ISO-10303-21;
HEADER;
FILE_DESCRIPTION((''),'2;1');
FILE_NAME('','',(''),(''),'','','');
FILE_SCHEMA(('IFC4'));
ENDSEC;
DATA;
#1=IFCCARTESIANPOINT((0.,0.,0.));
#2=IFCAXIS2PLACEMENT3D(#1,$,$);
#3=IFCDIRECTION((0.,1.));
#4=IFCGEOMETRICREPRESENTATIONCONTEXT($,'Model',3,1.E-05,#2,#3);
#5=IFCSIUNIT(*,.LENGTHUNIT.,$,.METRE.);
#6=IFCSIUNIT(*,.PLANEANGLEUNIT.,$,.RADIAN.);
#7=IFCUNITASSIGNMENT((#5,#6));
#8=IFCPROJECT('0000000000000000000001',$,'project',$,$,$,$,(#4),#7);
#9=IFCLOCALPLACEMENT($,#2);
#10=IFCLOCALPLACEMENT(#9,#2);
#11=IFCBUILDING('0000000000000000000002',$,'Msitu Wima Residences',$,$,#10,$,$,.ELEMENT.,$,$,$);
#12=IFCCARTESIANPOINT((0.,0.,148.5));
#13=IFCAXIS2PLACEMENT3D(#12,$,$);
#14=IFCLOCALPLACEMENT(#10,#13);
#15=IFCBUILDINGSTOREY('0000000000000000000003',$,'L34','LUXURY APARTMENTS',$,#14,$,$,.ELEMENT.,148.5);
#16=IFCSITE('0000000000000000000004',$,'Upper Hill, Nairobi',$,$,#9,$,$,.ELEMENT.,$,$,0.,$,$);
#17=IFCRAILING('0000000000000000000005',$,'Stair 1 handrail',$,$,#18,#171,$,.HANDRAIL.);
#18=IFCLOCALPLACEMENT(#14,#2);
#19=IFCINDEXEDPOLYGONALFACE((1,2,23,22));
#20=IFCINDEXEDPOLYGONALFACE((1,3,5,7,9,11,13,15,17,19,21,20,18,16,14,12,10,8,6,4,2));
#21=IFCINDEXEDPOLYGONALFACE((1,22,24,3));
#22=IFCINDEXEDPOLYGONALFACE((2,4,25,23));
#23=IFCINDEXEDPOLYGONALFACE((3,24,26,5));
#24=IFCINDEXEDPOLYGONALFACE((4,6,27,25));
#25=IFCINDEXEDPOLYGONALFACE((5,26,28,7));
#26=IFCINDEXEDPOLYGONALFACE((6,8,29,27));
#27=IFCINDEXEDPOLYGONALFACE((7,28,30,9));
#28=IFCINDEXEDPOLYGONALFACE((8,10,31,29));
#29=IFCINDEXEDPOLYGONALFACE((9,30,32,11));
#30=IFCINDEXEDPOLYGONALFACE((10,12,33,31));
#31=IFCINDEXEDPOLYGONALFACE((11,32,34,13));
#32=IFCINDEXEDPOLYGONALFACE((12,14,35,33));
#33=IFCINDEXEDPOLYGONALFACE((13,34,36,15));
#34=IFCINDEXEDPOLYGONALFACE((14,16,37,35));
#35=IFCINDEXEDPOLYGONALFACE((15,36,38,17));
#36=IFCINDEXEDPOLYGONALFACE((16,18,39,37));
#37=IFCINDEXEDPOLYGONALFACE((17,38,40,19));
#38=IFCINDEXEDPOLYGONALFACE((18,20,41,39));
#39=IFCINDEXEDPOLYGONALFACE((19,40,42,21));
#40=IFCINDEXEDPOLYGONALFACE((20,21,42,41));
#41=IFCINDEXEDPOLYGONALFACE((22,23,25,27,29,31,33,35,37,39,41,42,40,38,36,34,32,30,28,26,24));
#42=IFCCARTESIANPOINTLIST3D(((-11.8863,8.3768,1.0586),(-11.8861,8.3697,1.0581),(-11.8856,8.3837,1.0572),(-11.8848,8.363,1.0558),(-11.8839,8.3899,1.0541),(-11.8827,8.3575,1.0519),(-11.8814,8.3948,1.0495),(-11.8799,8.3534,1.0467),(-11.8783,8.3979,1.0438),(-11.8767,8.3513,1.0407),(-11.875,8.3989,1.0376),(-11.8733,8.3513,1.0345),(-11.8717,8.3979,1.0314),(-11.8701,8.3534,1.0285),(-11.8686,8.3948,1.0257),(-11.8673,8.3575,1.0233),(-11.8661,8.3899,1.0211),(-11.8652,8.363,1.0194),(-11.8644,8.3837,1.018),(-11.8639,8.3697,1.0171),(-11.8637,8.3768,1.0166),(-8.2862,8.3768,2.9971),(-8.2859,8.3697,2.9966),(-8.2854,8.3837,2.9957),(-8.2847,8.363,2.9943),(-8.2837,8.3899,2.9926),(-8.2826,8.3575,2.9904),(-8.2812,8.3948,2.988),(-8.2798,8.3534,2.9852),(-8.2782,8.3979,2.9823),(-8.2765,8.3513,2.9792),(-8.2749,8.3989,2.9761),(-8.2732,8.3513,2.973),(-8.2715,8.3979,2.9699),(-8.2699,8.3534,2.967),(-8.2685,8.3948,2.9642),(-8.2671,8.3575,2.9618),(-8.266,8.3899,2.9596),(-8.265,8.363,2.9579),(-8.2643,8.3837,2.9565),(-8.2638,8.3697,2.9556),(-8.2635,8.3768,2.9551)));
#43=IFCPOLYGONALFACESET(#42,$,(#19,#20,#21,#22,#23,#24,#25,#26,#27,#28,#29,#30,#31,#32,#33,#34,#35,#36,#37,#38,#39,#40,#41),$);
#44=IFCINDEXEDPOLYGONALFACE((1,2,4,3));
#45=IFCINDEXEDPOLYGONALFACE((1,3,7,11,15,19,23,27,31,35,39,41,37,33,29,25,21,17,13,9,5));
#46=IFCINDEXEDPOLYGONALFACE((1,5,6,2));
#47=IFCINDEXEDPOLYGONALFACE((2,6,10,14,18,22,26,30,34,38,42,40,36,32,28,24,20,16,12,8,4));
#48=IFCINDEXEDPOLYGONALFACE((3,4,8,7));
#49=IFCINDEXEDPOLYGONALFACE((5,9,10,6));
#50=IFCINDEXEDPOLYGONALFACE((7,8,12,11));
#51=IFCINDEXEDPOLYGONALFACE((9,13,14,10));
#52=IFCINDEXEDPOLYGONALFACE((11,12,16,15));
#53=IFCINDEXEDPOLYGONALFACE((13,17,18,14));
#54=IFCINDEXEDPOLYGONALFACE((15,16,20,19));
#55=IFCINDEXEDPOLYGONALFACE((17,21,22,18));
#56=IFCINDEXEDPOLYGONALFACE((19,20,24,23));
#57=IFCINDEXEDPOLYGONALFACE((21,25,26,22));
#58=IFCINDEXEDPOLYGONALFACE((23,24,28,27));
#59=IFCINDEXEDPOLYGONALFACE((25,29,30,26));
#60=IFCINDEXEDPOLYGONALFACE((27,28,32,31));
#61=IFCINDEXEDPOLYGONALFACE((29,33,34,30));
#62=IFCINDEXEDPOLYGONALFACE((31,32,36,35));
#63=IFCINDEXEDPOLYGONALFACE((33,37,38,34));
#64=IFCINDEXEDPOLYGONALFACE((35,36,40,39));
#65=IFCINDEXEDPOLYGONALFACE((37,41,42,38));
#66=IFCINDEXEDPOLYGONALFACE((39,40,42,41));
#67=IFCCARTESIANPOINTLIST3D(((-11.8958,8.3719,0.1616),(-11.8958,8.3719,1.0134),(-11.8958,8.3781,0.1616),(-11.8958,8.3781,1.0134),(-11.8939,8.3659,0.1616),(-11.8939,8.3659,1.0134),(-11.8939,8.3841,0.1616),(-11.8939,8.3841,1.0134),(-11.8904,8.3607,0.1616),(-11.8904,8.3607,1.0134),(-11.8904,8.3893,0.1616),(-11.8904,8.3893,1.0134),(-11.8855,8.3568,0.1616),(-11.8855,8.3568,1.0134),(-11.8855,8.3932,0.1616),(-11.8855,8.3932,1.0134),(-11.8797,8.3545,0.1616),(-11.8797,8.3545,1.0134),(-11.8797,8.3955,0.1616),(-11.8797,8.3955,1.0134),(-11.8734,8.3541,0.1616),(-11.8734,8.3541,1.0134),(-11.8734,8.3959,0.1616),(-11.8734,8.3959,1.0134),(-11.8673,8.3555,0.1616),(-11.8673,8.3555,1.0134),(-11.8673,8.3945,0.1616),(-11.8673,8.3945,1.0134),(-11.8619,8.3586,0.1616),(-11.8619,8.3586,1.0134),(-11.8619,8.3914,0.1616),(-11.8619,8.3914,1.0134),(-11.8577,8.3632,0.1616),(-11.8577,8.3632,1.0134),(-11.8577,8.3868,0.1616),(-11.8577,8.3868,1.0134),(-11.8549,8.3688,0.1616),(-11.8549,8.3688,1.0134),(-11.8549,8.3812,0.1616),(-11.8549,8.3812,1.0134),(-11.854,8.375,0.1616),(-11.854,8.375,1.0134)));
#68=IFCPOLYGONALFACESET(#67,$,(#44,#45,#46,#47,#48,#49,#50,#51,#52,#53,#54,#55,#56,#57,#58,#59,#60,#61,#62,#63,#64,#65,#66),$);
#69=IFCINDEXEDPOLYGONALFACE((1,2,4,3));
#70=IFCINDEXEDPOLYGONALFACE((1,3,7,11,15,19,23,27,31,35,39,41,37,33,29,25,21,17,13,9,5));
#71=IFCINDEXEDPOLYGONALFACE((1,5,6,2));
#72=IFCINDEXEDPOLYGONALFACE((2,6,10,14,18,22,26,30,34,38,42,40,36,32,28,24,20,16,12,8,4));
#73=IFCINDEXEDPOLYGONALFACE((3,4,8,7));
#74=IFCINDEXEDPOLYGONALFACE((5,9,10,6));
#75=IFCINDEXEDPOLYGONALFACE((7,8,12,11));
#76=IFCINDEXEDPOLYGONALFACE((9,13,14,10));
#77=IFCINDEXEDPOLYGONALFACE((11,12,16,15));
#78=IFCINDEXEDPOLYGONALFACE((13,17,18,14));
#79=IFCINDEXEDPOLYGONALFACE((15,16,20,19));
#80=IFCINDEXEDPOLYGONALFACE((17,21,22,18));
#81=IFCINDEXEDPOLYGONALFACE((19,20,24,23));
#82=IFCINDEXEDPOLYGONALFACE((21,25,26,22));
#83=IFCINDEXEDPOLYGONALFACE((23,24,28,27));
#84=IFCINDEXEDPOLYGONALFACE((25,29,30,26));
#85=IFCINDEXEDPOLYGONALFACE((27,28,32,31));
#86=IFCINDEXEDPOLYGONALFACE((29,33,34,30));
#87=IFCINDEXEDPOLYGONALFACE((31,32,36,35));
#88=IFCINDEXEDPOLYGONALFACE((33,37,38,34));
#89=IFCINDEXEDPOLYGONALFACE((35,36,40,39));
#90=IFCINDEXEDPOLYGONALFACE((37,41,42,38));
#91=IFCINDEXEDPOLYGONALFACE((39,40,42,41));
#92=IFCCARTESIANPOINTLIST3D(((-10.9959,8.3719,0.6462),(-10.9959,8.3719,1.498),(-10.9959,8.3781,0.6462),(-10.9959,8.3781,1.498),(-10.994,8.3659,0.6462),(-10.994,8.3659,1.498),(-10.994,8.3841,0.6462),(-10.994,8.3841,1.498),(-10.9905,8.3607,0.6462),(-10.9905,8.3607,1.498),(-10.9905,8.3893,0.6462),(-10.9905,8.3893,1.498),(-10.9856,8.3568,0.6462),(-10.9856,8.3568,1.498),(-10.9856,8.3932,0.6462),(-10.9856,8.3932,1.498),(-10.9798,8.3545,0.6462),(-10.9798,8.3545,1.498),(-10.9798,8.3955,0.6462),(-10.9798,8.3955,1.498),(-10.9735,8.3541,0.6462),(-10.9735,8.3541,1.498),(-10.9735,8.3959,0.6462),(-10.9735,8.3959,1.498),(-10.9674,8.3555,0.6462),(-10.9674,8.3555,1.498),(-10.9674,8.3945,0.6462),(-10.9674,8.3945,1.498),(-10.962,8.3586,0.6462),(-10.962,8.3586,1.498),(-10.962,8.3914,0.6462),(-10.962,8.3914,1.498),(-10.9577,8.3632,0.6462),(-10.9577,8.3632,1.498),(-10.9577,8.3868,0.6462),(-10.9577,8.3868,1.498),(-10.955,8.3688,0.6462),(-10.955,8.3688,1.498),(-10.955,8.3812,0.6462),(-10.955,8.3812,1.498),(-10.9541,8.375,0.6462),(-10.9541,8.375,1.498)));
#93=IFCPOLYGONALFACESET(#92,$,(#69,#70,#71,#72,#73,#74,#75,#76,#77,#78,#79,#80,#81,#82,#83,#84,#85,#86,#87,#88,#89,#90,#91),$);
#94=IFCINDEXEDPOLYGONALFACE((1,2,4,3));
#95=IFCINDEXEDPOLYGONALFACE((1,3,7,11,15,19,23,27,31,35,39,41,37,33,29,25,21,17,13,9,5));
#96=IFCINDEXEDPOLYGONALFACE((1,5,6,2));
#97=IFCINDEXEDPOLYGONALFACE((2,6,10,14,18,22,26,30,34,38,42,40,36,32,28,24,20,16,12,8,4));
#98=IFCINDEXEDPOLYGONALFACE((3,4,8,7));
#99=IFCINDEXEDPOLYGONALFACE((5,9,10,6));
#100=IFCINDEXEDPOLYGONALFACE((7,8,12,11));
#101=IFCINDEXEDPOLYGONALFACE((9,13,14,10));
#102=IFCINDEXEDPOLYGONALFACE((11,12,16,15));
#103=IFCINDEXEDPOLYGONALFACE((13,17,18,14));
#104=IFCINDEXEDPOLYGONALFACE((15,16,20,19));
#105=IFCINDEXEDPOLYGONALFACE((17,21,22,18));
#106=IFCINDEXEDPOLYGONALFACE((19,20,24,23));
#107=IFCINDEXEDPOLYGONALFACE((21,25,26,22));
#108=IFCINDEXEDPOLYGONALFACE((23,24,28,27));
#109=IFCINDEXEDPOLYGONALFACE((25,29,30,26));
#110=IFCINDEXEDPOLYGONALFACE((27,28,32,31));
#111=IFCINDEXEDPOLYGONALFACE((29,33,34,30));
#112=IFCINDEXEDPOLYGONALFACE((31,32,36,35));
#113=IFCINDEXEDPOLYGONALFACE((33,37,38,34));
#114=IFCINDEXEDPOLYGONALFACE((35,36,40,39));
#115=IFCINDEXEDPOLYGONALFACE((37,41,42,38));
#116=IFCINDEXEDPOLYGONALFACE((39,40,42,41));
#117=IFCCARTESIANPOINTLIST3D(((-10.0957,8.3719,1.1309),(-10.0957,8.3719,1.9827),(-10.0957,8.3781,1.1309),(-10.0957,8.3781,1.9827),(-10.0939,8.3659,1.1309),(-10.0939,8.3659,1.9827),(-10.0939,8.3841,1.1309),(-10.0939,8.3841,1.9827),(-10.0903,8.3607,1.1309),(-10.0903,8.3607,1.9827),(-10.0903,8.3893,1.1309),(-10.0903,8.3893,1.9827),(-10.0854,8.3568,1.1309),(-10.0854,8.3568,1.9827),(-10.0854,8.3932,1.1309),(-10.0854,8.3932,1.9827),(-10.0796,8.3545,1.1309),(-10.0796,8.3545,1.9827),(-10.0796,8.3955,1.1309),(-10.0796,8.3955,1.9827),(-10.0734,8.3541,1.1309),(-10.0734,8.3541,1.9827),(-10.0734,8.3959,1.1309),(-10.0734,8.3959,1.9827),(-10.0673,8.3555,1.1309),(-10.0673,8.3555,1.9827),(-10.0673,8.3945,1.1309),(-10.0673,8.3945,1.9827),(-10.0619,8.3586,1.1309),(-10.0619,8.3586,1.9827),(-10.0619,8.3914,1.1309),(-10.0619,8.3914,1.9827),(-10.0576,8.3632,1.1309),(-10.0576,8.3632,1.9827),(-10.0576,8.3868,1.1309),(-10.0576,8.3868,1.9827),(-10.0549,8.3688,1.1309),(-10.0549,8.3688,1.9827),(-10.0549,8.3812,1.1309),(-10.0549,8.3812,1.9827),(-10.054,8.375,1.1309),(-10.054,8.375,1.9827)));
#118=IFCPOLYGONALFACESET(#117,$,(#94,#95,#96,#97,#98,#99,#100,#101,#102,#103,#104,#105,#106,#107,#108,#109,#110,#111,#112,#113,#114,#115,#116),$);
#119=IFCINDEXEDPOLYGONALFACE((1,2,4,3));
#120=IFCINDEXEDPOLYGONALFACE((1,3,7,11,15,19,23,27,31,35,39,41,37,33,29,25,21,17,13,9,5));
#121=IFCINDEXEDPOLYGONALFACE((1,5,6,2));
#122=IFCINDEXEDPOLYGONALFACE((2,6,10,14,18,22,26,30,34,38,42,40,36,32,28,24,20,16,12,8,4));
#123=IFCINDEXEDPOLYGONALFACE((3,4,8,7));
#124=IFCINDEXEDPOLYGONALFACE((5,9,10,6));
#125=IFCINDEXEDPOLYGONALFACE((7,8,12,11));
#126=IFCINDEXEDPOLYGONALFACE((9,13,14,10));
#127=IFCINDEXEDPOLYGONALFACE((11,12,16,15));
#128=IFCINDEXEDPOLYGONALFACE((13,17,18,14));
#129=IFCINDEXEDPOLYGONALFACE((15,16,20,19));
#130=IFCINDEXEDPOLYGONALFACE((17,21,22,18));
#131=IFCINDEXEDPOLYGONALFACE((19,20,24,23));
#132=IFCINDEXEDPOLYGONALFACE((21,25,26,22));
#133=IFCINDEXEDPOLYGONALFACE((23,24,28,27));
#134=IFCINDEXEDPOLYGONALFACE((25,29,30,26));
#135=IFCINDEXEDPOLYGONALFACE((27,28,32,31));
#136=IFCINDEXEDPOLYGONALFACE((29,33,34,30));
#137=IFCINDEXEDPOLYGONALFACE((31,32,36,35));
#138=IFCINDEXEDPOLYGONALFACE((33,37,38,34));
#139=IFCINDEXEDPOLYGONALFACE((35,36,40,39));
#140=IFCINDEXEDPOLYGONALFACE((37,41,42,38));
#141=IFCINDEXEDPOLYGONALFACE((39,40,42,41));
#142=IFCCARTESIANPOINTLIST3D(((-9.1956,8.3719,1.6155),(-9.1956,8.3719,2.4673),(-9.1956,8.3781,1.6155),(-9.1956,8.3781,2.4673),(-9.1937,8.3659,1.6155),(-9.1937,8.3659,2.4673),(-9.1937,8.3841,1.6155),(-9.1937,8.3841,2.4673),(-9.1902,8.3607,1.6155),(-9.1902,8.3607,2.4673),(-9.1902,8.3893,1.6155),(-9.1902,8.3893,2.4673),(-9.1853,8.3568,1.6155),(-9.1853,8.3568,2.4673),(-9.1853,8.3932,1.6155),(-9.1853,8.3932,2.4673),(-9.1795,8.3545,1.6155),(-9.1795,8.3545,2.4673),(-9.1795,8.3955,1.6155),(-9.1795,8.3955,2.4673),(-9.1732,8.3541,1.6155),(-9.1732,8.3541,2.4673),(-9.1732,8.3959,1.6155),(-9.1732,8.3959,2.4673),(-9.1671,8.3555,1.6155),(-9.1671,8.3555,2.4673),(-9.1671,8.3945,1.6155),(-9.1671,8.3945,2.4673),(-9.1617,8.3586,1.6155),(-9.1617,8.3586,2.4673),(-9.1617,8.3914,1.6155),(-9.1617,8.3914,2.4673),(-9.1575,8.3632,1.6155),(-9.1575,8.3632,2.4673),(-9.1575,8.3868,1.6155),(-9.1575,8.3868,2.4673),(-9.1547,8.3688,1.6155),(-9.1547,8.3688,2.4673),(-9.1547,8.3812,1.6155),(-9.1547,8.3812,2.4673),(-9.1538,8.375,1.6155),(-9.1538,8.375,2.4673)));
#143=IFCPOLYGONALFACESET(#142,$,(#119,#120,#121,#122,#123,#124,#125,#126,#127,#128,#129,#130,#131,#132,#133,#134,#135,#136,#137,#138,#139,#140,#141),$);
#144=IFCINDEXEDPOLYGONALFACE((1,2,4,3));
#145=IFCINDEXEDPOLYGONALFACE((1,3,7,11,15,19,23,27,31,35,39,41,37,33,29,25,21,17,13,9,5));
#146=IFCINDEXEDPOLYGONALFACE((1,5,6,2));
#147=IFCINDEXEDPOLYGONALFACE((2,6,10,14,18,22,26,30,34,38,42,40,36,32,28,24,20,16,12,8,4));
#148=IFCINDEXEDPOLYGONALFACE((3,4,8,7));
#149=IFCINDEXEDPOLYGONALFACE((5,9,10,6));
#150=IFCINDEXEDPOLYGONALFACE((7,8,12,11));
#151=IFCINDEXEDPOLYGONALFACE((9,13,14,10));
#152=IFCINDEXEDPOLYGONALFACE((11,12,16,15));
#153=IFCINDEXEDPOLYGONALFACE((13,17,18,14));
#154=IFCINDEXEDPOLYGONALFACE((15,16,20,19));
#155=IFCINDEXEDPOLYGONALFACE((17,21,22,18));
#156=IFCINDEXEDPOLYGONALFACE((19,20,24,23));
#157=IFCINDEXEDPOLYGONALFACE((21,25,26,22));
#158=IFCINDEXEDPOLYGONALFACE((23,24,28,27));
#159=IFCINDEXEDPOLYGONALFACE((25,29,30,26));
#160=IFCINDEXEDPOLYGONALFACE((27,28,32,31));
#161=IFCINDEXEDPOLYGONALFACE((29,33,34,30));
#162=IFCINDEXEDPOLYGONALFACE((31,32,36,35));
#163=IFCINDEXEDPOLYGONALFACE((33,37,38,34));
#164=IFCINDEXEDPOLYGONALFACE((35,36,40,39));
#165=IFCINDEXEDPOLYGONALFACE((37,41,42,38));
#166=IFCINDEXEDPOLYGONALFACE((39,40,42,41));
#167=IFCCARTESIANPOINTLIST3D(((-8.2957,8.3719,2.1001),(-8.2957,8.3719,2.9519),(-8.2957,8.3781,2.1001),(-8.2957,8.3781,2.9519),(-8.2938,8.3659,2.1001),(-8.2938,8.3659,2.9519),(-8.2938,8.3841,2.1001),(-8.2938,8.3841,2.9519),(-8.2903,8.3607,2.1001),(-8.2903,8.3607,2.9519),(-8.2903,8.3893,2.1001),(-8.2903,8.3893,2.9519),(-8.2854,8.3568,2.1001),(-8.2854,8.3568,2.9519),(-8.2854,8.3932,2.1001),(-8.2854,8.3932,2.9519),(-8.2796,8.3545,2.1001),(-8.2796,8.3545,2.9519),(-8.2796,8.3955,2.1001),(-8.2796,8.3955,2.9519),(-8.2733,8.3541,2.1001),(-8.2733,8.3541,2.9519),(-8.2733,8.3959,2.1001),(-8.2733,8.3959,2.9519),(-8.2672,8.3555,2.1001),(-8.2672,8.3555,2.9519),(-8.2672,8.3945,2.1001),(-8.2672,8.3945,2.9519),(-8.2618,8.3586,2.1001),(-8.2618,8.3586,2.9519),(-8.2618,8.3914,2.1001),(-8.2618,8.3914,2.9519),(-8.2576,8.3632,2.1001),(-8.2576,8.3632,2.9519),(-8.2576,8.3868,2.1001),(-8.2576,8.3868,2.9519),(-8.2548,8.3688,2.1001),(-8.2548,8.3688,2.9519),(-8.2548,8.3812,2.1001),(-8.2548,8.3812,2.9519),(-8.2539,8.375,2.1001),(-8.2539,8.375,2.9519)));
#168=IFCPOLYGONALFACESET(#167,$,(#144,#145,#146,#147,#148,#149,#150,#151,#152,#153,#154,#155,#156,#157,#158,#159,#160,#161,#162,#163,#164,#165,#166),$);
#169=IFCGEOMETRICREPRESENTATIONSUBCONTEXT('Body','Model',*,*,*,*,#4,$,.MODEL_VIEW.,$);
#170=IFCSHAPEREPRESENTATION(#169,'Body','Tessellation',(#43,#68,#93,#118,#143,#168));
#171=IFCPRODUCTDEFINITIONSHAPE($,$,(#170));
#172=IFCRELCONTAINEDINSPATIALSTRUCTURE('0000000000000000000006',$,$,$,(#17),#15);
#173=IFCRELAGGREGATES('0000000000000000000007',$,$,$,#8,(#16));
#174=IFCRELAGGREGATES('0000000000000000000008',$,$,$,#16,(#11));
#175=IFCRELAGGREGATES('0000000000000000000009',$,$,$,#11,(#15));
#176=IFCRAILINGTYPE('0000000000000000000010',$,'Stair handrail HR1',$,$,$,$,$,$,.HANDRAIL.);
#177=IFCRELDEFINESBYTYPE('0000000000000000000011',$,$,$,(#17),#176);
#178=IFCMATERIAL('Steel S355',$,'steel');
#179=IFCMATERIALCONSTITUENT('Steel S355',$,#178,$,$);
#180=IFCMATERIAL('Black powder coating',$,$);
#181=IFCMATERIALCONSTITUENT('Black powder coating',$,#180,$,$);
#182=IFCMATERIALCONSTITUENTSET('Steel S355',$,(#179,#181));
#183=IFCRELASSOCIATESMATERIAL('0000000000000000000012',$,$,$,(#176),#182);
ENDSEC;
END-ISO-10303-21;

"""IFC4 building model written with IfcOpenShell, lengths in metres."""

from ifc_helpers import new_model, si_unit, direction, frame, origin, origin_2d, place, context, subcontext, project, spatial, circle, extrude, material, constituent, constituent_set, type_object, element, save


model = new_model("IFC4")

# Units and contexts
model_context = context("Model", 3, precision=1e-05, world=origin(), true_north=direction((0.0, 1.0)))
body_context = subcontext(model_context, "Body", "Model", "MODEL_VIEW")
ifc_project = project(units=[si_unit("LENGTHUNIT", "METRE"), si_unit("PLANEANGLEUNIT", "RADIAN")], contexts=[model_context])

# Site, building, storey
site_placement = place(None, origin())
site = spatial("IfcSite", under=ifc_project, at=site_placement, Name="Upper Hill, Nairobi", CompositionType="ELEMENT", RefElevation=0.0)
building_placement = place(site_placement, origin())
building = spatial("IfcBuilding", under=site, at=building_placement, Name="Msitu Wima Residences", CompositionType="ELEMENT")
storey_placement = place(building_placement, frame((0.0, 0.0, 148.5)))
storey = spatial("IfcBuildingStorey", under=building, at=storey_placement, Name="L34", Description="LUXURY APARTMENTS", CompositionType="ELEMENT", Elevation=148.5)

# Railing
ifc_material_1 = material(Name="Steel S355", Category="steel")
ifc_constituent_1 = constituent(ifc_material_1, Name="Steel S355")
ifc_material_2 = material(Name="Black powder coating")
ifc_constituent_2 = constituent(ifc_material_2, Name="Black powder coating")
ifc_constituent_set = constituent_set(constituents=[ifc_constituent_1, ifc_constituent_2], Name="Steel S355")
railing_type = type_object("IfcRailingType", Name="Stair handrail HR1", PredefinedType="HANDRAIL", material=ifc_constituent_set)
for number, where, name in (
    (1, (-11.875, 8.375, 0.1616), "Stair 1 handrail"),
):
    element("IfcRailing", number, at=place(storey_placement, frame(where)), inside=storey, type_object=railing_type, Name=name, PredefinedType="HANDRAIL", context=body_context, shape_type="SweptSolid", body=[
        extrude(circle(Radius=0.0239, at=origin_2d()), frame((0.0, 0.0, 0.876), z_axis=(0.880475, 0.0, 0.474093), x_axis=(0.0, 1.0, 0.0)), (0.0, 0.0, 1.0), 4.0889),
        extrude(circle(Radius=0.021, at=origin_2d()), origin(), (0.0, 0.0, 1.0), 0.8518),
        extrude(circle(Radius=0.021, at=origin_2d()), frame((0.8999, 0.0, 0.4846)), (0.0, 0.0, 1.0), 0.8518),
        extrude(circle(Radius=0.021, at=origin_2d()), frame((1.8, 0.0, 0.9692)), (0.0, 0.0, 1.0), 0.8518),
        extrude(circle(Radius=0.021, at=origin_2d()), frame((2.7002, 0.0, 1.4539)), (0.0, 0.0, 1.0), 0.8518),
        extrude(circle(Radius=0.021, at=origin_2d()), frame((3.6001, 0.0, 1.9385)), (0.0, 0.0, 1.0), 0.8518),
    ])

save(model, "model.ifc")
